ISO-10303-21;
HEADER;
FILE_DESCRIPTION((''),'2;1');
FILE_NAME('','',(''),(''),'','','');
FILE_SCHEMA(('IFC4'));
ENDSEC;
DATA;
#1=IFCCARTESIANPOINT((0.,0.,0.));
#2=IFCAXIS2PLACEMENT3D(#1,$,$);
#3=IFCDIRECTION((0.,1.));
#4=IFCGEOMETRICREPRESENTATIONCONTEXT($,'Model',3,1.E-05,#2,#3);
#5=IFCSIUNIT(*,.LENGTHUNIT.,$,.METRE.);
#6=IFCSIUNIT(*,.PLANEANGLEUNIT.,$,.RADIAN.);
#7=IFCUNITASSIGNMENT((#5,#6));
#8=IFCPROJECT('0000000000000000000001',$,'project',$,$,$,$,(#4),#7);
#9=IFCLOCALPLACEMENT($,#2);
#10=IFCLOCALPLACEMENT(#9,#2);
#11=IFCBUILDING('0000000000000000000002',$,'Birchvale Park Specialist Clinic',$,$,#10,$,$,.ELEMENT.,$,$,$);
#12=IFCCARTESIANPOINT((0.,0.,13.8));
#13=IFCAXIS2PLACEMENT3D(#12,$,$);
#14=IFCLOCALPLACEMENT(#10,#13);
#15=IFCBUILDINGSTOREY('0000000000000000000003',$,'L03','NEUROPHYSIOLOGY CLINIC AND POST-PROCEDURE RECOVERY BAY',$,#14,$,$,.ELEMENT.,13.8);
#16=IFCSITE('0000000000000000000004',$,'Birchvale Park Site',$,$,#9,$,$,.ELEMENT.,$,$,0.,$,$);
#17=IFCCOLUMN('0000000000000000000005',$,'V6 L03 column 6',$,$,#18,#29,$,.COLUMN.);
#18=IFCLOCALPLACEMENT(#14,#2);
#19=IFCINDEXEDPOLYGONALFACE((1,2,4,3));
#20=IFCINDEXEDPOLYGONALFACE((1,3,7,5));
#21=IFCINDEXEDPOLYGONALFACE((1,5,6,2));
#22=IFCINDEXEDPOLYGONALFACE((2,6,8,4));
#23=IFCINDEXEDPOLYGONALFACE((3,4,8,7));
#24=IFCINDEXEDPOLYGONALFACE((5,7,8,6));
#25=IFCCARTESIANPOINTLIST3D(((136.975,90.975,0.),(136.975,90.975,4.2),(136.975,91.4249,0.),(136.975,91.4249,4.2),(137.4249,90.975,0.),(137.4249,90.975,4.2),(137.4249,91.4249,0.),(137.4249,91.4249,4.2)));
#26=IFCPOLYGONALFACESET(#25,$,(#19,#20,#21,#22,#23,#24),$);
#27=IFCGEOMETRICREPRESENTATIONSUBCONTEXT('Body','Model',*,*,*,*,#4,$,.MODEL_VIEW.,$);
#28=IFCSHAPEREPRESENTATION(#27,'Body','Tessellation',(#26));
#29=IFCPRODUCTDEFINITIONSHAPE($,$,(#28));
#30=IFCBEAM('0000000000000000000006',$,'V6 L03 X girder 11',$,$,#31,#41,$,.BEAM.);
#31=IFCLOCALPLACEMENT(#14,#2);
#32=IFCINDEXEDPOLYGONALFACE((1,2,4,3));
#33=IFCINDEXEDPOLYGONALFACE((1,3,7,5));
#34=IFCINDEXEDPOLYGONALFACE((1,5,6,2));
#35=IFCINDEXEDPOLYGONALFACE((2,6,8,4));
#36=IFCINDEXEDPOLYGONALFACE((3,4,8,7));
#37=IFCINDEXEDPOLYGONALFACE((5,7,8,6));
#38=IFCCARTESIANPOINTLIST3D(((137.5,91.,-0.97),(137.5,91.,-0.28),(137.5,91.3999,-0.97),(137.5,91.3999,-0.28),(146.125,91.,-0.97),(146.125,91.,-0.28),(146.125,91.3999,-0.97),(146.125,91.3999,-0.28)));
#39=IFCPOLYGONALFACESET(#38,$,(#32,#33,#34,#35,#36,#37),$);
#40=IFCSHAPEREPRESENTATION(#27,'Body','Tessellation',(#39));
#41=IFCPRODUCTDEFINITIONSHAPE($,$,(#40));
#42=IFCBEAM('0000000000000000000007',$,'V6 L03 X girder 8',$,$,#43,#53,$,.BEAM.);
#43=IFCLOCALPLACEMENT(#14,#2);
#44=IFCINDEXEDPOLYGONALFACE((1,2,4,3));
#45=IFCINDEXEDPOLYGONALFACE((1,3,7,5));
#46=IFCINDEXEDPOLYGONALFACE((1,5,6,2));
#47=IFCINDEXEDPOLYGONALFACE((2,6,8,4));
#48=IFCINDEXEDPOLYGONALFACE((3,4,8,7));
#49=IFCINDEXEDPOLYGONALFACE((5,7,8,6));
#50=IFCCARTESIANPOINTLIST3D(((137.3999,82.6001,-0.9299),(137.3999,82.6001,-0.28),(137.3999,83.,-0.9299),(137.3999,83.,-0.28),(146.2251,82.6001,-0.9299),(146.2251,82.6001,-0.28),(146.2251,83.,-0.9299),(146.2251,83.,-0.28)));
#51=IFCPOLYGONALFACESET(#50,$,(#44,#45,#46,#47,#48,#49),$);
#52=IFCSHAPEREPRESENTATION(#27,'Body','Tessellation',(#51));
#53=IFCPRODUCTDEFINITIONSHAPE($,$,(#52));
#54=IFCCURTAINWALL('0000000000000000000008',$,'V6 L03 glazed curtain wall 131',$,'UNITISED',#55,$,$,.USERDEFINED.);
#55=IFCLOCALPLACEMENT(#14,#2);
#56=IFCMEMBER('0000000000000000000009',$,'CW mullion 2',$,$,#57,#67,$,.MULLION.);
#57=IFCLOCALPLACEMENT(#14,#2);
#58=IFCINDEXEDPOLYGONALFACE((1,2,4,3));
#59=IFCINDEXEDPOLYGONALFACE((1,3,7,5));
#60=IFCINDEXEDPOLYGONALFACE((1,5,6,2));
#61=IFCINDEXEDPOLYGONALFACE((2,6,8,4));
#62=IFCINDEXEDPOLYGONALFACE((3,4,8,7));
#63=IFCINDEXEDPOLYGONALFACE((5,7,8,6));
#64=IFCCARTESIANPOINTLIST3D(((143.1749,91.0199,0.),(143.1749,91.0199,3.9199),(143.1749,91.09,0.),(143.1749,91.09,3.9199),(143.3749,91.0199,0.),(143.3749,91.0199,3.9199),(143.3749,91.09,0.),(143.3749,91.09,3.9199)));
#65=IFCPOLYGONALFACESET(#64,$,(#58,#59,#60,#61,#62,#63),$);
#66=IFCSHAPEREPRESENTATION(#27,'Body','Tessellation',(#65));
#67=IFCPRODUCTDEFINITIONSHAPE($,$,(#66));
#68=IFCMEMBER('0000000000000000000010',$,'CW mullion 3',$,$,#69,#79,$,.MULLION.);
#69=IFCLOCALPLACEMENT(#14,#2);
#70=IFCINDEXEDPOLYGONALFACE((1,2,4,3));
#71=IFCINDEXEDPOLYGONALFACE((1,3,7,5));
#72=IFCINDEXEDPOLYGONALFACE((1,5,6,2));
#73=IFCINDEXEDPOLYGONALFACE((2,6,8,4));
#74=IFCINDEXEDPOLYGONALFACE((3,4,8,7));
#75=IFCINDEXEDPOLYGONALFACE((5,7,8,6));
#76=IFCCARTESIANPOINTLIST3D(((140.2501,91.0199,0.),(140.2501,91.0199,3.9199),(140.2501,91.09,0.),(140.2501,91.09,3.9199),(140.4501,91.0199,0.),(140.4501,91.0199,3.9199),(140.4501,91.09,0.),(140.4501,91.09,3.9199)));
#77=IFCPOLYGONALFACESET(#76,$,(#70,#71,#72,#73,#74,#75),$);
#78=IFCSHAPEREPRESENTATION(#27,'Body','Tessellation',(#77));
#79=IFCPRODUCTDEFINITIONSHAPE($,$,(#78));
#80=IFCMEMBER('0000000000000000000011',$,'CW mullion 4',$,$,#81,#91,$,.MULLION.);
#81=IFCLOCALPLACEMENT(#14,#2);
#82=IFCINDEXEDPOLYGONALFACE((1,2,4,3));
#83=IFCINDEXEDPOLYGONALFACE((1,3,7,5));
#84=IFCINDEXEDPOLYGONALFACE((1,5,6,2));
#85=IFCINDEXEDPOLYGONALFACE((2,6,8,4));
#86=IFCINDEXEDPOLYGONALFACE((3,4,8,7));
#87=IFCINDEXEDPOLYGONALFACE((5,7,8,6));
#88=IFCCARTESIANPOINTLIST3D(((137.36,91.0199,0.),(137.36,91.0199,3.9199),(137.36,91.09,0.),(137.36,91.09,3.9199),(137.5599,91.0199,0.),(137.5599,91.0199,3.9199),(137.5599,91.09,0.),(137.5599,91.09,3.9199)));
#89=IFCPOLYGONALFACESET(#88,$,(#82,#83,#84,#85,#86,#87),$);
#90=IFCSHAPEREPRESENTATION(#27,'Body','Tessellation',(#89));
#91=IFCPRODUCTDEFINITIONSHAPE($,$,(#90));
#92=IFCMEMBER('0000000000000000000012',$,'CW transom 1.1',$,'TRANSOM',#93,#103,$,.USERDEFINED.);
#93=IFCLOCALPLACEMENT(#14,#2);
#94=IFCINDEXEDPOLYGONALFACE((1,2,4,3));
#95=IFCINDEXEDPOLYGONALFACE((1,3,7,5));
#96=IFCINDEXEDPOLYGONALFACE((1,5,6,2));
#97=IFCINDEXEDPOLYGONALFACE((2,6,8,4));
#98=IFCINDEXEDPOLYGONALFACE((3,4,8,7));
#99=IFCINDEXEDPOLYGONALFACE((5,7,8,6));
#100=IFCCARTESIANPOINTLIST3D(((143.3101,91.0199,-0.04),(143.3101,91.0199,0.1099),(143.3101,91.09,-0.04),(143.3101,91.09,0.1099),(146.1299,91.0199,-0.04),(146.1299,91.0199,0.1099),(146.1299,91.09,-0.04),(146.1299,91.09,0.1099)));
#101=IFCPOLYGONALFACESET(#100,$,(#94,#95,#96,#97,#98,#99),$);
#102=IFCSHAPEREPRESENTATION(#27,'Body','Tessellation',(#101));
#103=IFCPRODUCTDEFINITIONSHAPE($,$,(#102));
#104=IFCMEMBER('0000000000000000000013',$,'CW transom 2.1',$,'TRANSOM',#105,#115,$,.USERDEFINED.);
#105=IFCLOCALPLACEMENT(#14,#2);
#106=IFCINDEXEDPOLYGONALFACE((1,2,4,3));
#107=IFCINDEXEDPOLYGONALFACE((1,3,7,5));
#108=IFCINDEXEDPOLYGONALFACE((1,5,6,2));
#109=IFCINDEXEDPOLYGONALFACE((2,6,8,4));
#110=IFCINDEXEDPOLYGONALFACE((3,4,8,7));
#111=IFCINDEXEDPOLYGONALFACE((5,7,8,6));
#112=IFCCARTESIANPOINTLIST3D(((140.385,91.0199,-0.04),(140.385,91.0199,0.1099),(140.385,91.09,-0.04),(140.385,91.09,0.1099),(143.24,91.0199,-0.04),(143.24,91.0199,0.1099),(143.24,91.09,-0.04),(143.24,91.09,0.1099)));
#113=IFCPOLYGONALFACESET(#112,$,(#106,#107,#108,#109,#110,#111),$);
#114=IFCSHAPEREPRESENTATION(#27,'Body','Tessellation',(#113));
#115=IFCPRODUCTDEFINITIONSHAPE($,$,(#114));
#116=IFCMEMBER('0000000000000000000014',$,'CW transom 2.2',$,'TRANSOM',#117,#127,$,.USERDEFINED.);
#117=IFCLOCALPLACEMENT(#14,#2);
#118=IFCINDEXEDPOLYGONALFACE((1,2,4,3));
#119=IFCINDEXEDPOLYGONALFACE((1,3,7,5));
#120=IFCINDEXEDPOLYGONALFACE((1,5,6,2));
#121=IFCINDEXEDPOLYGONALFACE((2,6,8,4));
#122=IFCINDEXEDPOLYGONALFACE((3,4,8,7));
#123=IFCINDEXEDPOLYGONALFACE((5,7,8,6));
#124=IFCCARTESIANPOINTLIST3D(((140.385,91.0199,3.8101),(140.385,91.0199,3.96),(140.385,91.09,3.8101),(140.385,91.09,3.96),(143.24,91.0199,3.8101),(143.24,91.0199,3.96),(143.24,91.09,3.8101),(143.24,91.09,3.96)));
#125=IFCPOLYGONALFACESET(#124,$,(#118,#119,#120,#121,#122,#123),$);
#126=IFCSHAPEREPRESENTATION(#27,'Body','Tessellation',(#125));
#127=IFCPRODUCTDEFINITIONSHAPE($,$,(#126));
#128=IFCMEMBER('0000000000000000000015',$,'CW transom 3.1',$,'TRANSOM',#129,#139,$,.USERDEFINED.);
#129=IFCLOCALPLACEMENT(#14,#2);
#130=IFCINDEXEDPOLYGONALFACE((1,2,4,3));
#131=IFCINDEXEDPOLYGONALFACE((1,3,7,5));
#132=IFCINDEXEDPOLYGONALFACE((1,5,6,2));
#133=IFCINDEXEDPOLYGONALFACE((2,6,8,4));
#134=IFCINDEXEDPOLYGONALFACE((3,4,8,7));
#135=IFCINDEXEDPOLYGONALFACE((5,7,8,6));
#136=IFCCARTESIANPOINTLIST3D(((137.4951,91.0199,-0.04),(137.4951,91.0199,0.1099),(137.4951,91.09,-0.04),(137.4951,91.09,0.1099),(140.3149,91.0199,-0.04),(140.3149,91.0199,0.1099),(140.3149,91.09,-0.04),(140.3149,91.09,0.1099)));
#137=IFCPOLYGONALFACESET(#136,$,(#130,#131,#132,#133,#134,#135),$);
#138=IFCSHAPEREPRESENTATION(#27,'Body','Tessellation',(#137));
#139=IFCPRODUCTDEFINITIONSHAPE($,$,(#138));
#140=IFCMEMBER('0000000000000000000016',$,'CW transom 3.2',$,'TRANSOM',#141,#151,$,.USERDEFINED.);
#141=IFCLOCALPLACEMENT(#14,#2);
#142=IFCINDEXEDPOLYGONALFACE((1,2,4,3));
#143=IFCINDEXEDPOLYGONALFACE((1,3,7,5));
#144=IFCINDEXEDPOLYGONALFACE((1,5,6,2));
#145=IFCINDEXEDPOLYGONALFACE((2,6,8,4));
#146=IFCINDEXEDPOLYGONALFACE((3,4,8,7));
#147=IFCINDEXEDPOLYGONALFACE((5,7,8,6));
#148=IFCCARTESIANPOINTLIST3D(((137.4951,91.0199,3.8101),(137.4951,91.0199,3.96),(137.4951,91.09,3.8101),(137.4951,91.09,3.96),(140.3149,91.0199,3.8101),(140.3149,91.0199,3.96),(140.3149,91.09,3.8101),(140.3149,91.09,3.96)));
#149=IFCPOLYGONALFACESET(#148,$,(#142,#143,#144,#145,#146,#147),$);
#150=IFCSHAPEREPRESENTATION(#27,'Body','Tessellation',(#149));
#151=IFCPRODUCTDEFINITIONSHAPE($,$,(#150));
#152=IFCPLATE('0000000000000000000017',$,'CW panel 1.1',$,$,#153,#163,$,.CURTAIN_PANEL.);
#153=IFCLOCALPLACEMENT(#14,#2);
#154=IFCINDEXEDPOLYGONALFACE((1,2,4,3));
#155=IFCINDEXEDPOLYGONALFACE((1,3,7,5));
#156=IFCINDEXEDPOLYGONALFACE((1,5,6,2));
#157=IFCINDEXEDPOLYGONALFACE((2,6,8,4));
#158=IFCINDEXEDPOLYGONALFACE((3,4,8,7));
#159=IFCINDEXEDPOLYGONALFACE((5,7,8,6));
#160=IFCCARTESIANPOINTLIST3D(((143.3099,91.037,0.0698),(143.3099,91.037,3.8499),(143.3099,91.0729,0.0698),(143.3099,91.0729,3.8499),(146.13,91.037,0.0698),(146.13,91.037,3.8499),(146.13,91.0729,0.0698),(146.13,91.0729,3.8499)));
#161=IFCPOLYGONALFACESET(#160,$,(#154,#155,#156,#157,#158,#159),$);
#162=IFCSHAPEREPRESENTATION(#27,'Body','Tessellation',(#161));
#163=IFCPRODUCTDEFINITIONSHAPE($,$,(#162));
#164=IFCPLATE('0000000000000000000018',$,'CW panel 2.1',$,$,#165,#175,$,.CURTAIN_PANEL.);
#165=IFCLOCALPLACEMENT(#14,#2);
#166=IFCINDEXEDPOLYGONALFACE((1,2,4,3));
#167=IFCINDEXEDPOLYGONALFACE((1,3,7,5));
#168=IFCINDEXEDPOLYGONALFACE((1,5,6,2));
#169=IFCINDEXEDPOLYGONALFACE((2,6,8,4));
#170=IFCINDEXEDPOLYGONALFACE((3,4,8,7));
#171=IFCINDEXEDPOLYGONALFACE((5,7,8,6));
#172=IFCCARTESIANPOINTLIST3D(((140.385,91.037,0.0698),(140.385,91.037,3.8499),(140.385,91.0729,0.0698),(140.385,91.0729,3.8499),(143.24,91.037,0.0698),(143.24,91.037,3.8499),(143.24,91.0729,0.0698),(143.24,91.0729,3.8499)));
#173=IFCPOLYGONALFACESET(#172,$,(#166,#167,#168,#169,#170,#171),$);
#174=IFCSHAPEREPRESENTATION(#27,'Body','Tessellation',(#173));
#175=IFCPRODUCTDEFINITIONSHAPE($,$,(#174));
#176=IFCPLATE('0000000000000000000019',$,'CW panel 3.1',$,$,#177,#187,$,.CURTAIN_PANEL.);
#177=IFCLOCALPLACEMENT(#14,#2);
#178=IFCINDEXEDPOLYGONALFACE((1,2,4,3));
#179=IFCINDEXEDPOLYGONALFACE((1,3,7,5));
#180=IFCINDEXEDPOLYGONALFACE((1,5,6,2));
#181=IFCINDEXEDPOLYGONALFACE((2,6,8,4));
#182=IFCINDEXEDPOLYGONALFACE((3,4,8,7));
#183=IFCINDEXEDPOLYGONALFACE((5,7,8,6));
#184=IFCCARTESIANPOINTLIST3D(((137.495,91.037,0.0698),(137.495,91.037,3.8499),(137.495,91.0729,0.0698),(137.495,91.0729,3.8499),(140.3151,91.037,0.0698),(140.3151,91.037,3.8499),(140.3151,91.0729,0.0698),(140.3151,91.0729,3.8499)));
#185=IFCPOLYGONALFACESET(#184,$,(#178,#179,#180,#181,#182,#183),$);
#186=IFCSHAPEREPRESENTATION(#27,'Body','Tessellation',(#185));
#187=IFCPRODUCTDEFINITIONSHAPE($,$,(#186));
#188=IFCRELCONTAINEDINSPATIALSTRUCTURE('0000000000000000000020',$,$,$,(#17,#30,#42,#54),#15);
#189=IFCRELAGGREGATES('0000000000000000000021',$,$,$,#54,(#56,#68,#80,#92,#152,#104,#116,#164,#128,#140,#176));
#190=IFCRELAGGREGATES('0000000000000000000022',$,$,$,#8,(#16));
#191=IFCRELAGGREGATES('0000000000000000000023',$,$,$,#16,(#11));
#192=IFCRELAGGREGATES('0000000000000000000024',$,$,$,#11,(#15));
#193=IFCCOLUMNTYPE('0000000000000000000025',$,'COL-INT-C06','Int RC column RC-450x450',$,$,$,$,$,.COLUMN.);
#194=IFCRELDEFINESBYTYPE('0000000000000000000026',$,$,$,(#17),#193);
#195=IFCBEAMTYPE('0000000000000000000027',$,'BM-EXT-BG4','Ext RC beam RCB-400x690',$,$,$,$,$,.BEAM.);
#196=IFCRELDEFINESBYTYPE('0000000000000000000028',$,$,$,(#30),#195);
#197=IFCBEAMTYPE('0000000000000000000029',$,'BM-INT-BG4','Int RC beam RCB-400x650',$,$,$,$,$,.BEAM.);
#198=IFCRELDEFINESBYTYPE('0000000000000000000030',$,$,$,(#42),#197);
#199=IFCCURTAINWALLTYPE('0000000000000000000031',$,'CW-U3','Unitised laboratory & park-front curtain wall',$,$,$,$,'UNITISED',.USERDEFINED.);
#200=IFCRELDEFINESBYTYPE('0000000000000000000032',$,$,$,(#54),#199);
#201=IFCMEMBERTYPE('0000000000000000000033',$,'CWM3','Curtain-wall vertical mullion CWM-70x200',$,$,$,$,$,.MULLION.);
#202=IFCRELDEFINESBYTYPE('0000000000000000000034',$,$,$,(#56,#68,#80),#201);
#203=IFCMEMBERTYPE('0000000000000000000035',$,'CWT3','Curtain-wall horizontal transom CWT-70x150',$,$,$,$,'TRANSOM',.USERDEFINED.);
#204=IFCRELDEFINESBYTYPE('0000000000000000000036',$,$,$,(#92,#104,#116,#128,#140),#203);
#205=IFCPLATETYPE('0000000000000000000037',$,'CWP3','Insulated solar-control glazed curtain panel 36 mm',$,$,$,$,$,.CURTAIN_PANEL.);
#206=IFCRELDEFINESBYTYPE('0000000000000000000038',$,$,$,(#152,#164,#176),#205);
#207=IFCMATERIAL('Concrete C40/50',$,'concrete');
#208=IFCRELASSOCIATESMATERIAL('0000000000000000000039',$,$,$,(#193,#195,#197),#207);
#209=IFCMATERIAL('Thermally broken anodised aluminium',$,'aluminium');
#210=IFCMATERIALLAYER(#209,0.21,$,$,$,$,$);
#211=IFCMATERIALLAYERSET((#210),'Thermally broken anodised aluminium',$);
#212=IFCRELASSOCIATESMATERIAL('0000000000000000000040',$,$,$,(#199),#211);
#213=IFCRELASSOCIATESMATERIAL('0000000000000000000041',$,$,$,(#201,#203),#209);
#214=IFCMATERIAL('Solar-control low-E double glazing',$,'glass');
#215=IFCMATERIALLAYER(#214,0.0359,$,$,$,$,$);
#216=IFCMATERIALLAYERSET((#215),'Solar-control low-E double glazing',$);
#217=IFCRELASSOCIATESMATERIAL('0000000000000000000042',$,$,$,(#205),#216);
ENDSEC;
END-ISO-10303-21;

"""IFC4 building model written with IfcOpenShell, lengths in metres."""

from ifc_helpers import new_model, si_unit, direction, frame, origin, origin_2d, place, context, subcontext, project, spatial, rectangle, extrude, material, layer, layer_set, material_profile, profile_set, type_object, element, aggregate, save


model = new_model("IFC4")

# Units and contexts
model_context = context("Model", 3, precision=1e-05, world=origin(), true_north=direction((0.0, 1.0)))
body_context = subcontext(model_context, "Body", "Model", "MODEL_VIEW")
ifc_project = project(units=[si_unit("LENGTHUNIT", "METRE"), si_unit("PLANEANGLEUNIT", "RADIAN")], contexts=[model_context])

# Site, building, storey
site_placement = place(None, origin())
site = spatial("IfcSite", under=ifc_project, at=site_placement, Name="Birchvale Park Site", CompositionType="ELEMENT", RefElevation=0.0)
building_placement = place(site_placement, origin())
building = spatial("IfcBuilding", under=site, at=building_placement, Name="Birchvale Park Specialist Clinic", CompositionType="ELEMENT")
storey_placement = place(building_placement, frame((0.0, 0.0, 13.8)))
storey = spatial("IfcBuildingStorey", under=building, at=storey_placement, Name="L03", Description="NEUROPHYSIOLOGY CLINIC AND POST-PROCEDURE RECOVERY BAY", CompositionType="ELEMENT", Elevation=13.8)

# Column
ifc_material_1 = material(Name="Concrete C40/50", Category="concrete")
ifc_material_profile_1 = material_profile(ifc_material_1, rectangle(XDim=0.45, YDim=0.45, at=origin_2d()), Name="RC-450x450")
ifc_profile_set_1 = profile_set([ifc_material_profile_1], Name="Concrete C40/50")
column_type = type_object("IfcColumnType", Name="COL-INT-C06", Description="Int RC column RC-450x450", PredefinedType="COLUMN", material=ifc_profile_set_1)
column_placement = place(storey_placement, frame((137.2, 91.2, 0.0), z_axis=(0.0, 0.0, 1.0), x_axis=(1.0, 0.0, 0.0)))
element("IfcColumn", 1, at=column_placement, inside=storey, type_object=column_type, Name="V6 L03 column 6", PredefinedType="COLUMN", context=body_context, shape_type="SweptSolid", body=[
    extrude(rectangle(XDim=0.45, YDim=0.45, at=origin_2d()), origin(), (0.0, 0.0, 1.0), 4.2),
])

# Beams
ifc_material_profile_2 = material_profile(ifc_material_1, rectangle(XDim=0.3999, YDim=0.6899, at=origin_2d()), Name="RCB-400x690")
ifc_profile_set_2 = profile_set([ifc_material_profile_2], Name="Concrete C40/50")
beam_type_1 = type_object("IfcBeamType", Name="BM-EXT-BG4", Description="Ext RC beam RCB-400x690", PredefinedType="BEAM", material=ifc_profile_set_2)
beam_1_placement = place(storey_placement, frame((137.5, 91.2, -0.625), z_axis=(1.0, 0.0, 0.0), x_axis=(0.0, 1.0, 0.0)))
element("IfcBeam", 2, at=beam_1_placement, inside=storey, type_object=beam_type_1, Name="V6 L03 X girder 11", PredefinedType="BEAM", context=body_context, shape_type="SweptSolid", body=[
    extrude(rectangle(XDim=0.3999, YDim=0.6899, at=origin_2d()), origin(), (0.0, 0.0, 1.0), 8.625),
])
ifc_material_profile_3 = material_profile(ifc_material_1, rectangle(XDim=0.3999, YDim=0.6499, at=origin_2d()), Name="RCB-400x650")
ifc_profile_set_3 = profile_set([ifc_material_profile_3], Name="Concrete C40/50")
beam_type_2 = type_object("IfcBeamType", Name="BM-INT-BG4", Description="Int RC beam RCB-400x650", PredefinedType="BEAM", material=ifc_profile_set_3)
beam_2_placement = place(storey_placement, frame((137.3999, 82.8, -0.605), z_axis=(1.0, 0.0, 0.0), x_axis=(0.0, 1.0, 0.0)))
element("IfcBeam", 3, at=beam_2_placement, inside=storey, type_object=beam_type_2, Name="V6 L03 X girder 8", PredefinedType="BEAM", context=body_context, shape_type="SweptSolid", body=[
    extrude(rectangle(XDim=0.3999, YDim=0.6499, at=origin_2d()), origin(), (0.0, 0.0, 1.0), 8.8252),
])

# Curtain wall, members, plates
ifc_material_2 = material(Name="Thermally broken anodised aluminium", Category="aluminium")
ifc_layer_1 = layer(ifc_material_2, 0.21)
ifc_layer_set_1 = layer_set([ifc_layer_1], Name="Thermally broken anodised aluminium")
curtain_wall_type = type_object("IfcCurtainWallType", Name="CW-U3", Description="Unitised laboratory & park-front curtain wall", ElementType="UNITISED", PredefinedType="USERDEFINED", material=ifc_layer_set_1)
curtain_wall_placement = place(storey_placement, origin())
curtain_wall = element("IfcCurtainWall", 4, at=curtain_wall_placement, inside=storey, type_object=curtain_wall_type, Name="V6 L03 glazed curtain wall 131", ObjectType="UNITISED", PredefinedType="USERDEFINED")
ifc_material_profile_4 = material_profile(ifc_material_2, rectangle(XDim=0.0701, YDim=0.2, at=origin_2d()), Name="CWM-70x200")
ifc_profile_set_4 = profile_set([ifc_material_profile_4], Name="Thermally broken anodised aluminium")
member_type_1 = type_object("IfcMemberType", Name="CWM3", Description="Curtain-wall vertical mullion CWM-70x200", PredefinedType="MULLION", material=ifc_profile_set_4)
member_1_placement = place(storey_placement, frame((143.2749, 91.0549, 0.0), z_axis=(0.0, 0.0, 1.0), x_axis=(0.0, -1.0, 0.0)))
member_1 = element("IfcMember", 5, at=member_1_placement, type_object=member_type_1, Name="CW mullion 2", PredefinedType="MULLION", context=body_context, shape_type="SweptSolid", body=[
    extrude(rectangle(XDim=0.0701, YDim=0.2, at=origin_2d()), origin(), (0.0, 0.0, 1.0), 3.9199),
])
member_2_placement = place(storey_placement, frame((140.3501, 91.0549, 0.0), z_axis=(0.0, 0.0, 1.0), x_axis=(0.0, -1.0, 0.0)))
member_2 = element("IfcMember", 6, at=member_2_placement, type_object=member_type_1, Name="CW mullion 3", PredefinedType="MULLION", context=body_context, shape_type="SweptSolid", body=[
    extrude(rectangle(XDim=0.0701, YDim=0.2, at=origin_2d()), origin(), (0.0, 0.0, 1.0), 3.9199),
])
member_3_placement = place(storey_placement, frame((137.46, 91.0549, 0.0), z_axis=(0.0, 0.0, 1.0), x_axis=(0.0, -1.0, 0.0)))
member_3 = element("IfcMember", 7, at=member_3_placement, type_object=member_type_1, Name="CW mullion 4", PredefinedType="MULLION", context=body_context, shape_type="SweptSolid", body=[
    extrude(rectangle(XDim=0.0701, YDim=0.2, at=origin_2d()), origin(), (0.0, 0.0, 1.0), 3.9199),
])
ifc_material_profile_5 = material_profile(ifc_material_2, rectangle(XDim=0.0701, YDim=0.1499, at=origin_2d()), Name="CWT-70x150")
ifc_profile_set_5 = profile_set([ifc_material_profile_5], Name="Thermally broken anodised aluminium")
member_type_2 = type_object("IfcMemberType", Name="CWT3", Description="Curtain-wall horizontal transom CWT-70x150", ElementType="TRANSOM", PredefinedType="USERDEFINED", material=ifc_profile_set_5)
member_4_placement = place(storey_placement, frame((146.1299, 91.0549, 0.0349), z_axis=(-1.0, 0.0, 0.0), x_axis=(0.0, -1.0, 0.0)))
member_4 = element("IfcMember", 8, at=member_4_placement, type_object=member_type_2, Name="CW transom 1.1", ObjectType="TRANSOM", PredefinedType="USERDEFINED", context=body_context, shape_type="SweptSolid", body=[
    extrude(rectangle(XDim=0.0701, YDim=0.1499, at=origin_2d()), origin(), (0.0, 0.0, 1.0), 2.8198),
])
member_5_placement = place(storey_placement, frame((143.24, 91.0549, 0.0349), z_axis=(-1.0, 0.0, 0.0), x_axis=(0.0, -1.0, 0.0)))
member_5 = element("IfcMember", 9, at=member_5_placement, type_object=member_type_2, Name="CW transom 2.1", ObjectType="TRANSOM", PredefinedType="USERDEFINED", context=body_context, shape_type="SweptSolid", body=[
    extrude(rectangle(XDim=0.0701, YDim=0.1499, at=origin_2d()), origin(), (0.0, 0.0, 1.0), 2.855),
])
member_6_placement = place(storey_placement, frame((143.24, 91.0549, 3.885), z_axis=(-1.0, 0.0, 0.0), x_axis=(0.0, -1.0, 0.0)))
member_6 = element("IfcMember", 10, at=member_6_placement, type_object=member_type_2, Name="CW transom 2.2", ObjectType="TRANSOM", PredefinedType="USERDEFINED", context=body_context, shape_type="SweptSolid", body=[
    extrude(rectangle(XDim=0.0701, YDim=0.1499, at=origin_2d()), origin(), (0.0, 0.0, 1.0), 2.855),
])
member_7_placement = place(storey_placement, frame((140.3149, 91.0549, 0.0349), z_axis=(-1.0, 0.0, 0.0), x_axis=(0.0, -1.0, 0.0)))
member_7 = element("IfcMember", 11, at=member_7_placement, type_object=member_type_2, Name="CW transom 3.1", ObjectType="TRANSOM", PredefinedType="USERDEFINED", context=body_context, shape_type="SweptSolid", body=[
    extrude(rectangle(XDim=0.0701, YDim=0.1499, at=origin_2d()), origin(), (0.0, 0.0, 1.0), 2.8198),
])
member_8_placement = place(storey_placement, frame((140.3149, 91.0549, 3.885), z_axis=(-1.0, 0.0, 0.0), x_axis=(0.0, -1.0, 0.0)))
member_8 = element("IfcMember", 12, at=member_8_placement, type_object=member_type_2, Name="CW transom 3.2", ObjectType="TRANSOM", PredefinedType="USERDEFINED", context=body_context, shape_type="SweptSolid", body=[
    extrude(rectangle(XDim=0.0701, YDim=0.1499, at=origin_2d()), origin(), (0.0, 0.0, 1.0), 2.8198),
])
ifc_material_3 = material(Name="Solar-control low-E double glazing", Category="glass")
ifc_layer_2 = layer(ifc_material_3, 0.0359)
ifc_layer_set_2 = layer_set([ifc_layer_2], Name="Solar-control low-E double glazing")
plate_type = type_object("IfcPlateType", Name="CWP3", Description="Insulated solar-control glazed curtain panel 36 mm", PredefinedType="CURTAIN_PANEL", material=ifc_layer_set_2)
plate_1_placement = place(storey_placement, frame((144.72, 91.0549, 0.0698), z_axis=(0.0, 0.0, 1.0), x_axis=(-1.0, 0.0, 0.0)))
plate_1 = element("IfcPlate", 13, at=plate_1_placement, type_object=plate_type, Name="CW panel 1.1", PredefinedType="CURTAIN_PANEL", context=body_context, shape_type="SweptSolid", body=[
    extrude(rectangle(XDim=2.8201, YDim=0.0359, at=origin_2d()), origin(), (0.0, 0.0, 1.0), 3.78),
])
plate_2_placement = place(storey_placement, frame((141.8125, 91.0549, 0.0698), z_axis=(0.0, 0.0, 1.0), x_axis=(-1.0, 0.0, 0.0)))
plate_2 = element("IfcPlate", 14, at=plate_2_placement, type_object=plate_type, Name="CW panel 2.1", PredefinedType="CURTAIN_PANEL", context=body_context, shape_type="SweptSolid", body=[
    extrude(rectangle(XDim=2.855, YDim=0.0359, at=origin_2d()), origin(), (0.0, 0.0, 1.0), 3.78),
])
plate_3_placement = place(storey_placement, frame((138.905, 91.0549, 0.0698), z_axis=(0.0, 0.0, 1.0), x_axis=(-1.0, 0.0, 0.0)))
plate_3 = element("IfcPlate", 15, at=plate_3_placement, type_object=plate_type, Name="CW panel 3.1", PredefinedType="CURTAIN_PANEL", context=body_context, shape_type="SweptSolid", body=[
    extrude(rectangle(XDim=2.8201, YDim=0.0359, at=origin_2d()), origin(), (0.0, 0.0, 1.0), 3.78),
])
aggregate(curtain_wall, [member_1, member_2, member_3, member_4, plate_1, member_5, member_6, plate_2, member_7, member_8, plate_3])

save(model, "model.ifc")
